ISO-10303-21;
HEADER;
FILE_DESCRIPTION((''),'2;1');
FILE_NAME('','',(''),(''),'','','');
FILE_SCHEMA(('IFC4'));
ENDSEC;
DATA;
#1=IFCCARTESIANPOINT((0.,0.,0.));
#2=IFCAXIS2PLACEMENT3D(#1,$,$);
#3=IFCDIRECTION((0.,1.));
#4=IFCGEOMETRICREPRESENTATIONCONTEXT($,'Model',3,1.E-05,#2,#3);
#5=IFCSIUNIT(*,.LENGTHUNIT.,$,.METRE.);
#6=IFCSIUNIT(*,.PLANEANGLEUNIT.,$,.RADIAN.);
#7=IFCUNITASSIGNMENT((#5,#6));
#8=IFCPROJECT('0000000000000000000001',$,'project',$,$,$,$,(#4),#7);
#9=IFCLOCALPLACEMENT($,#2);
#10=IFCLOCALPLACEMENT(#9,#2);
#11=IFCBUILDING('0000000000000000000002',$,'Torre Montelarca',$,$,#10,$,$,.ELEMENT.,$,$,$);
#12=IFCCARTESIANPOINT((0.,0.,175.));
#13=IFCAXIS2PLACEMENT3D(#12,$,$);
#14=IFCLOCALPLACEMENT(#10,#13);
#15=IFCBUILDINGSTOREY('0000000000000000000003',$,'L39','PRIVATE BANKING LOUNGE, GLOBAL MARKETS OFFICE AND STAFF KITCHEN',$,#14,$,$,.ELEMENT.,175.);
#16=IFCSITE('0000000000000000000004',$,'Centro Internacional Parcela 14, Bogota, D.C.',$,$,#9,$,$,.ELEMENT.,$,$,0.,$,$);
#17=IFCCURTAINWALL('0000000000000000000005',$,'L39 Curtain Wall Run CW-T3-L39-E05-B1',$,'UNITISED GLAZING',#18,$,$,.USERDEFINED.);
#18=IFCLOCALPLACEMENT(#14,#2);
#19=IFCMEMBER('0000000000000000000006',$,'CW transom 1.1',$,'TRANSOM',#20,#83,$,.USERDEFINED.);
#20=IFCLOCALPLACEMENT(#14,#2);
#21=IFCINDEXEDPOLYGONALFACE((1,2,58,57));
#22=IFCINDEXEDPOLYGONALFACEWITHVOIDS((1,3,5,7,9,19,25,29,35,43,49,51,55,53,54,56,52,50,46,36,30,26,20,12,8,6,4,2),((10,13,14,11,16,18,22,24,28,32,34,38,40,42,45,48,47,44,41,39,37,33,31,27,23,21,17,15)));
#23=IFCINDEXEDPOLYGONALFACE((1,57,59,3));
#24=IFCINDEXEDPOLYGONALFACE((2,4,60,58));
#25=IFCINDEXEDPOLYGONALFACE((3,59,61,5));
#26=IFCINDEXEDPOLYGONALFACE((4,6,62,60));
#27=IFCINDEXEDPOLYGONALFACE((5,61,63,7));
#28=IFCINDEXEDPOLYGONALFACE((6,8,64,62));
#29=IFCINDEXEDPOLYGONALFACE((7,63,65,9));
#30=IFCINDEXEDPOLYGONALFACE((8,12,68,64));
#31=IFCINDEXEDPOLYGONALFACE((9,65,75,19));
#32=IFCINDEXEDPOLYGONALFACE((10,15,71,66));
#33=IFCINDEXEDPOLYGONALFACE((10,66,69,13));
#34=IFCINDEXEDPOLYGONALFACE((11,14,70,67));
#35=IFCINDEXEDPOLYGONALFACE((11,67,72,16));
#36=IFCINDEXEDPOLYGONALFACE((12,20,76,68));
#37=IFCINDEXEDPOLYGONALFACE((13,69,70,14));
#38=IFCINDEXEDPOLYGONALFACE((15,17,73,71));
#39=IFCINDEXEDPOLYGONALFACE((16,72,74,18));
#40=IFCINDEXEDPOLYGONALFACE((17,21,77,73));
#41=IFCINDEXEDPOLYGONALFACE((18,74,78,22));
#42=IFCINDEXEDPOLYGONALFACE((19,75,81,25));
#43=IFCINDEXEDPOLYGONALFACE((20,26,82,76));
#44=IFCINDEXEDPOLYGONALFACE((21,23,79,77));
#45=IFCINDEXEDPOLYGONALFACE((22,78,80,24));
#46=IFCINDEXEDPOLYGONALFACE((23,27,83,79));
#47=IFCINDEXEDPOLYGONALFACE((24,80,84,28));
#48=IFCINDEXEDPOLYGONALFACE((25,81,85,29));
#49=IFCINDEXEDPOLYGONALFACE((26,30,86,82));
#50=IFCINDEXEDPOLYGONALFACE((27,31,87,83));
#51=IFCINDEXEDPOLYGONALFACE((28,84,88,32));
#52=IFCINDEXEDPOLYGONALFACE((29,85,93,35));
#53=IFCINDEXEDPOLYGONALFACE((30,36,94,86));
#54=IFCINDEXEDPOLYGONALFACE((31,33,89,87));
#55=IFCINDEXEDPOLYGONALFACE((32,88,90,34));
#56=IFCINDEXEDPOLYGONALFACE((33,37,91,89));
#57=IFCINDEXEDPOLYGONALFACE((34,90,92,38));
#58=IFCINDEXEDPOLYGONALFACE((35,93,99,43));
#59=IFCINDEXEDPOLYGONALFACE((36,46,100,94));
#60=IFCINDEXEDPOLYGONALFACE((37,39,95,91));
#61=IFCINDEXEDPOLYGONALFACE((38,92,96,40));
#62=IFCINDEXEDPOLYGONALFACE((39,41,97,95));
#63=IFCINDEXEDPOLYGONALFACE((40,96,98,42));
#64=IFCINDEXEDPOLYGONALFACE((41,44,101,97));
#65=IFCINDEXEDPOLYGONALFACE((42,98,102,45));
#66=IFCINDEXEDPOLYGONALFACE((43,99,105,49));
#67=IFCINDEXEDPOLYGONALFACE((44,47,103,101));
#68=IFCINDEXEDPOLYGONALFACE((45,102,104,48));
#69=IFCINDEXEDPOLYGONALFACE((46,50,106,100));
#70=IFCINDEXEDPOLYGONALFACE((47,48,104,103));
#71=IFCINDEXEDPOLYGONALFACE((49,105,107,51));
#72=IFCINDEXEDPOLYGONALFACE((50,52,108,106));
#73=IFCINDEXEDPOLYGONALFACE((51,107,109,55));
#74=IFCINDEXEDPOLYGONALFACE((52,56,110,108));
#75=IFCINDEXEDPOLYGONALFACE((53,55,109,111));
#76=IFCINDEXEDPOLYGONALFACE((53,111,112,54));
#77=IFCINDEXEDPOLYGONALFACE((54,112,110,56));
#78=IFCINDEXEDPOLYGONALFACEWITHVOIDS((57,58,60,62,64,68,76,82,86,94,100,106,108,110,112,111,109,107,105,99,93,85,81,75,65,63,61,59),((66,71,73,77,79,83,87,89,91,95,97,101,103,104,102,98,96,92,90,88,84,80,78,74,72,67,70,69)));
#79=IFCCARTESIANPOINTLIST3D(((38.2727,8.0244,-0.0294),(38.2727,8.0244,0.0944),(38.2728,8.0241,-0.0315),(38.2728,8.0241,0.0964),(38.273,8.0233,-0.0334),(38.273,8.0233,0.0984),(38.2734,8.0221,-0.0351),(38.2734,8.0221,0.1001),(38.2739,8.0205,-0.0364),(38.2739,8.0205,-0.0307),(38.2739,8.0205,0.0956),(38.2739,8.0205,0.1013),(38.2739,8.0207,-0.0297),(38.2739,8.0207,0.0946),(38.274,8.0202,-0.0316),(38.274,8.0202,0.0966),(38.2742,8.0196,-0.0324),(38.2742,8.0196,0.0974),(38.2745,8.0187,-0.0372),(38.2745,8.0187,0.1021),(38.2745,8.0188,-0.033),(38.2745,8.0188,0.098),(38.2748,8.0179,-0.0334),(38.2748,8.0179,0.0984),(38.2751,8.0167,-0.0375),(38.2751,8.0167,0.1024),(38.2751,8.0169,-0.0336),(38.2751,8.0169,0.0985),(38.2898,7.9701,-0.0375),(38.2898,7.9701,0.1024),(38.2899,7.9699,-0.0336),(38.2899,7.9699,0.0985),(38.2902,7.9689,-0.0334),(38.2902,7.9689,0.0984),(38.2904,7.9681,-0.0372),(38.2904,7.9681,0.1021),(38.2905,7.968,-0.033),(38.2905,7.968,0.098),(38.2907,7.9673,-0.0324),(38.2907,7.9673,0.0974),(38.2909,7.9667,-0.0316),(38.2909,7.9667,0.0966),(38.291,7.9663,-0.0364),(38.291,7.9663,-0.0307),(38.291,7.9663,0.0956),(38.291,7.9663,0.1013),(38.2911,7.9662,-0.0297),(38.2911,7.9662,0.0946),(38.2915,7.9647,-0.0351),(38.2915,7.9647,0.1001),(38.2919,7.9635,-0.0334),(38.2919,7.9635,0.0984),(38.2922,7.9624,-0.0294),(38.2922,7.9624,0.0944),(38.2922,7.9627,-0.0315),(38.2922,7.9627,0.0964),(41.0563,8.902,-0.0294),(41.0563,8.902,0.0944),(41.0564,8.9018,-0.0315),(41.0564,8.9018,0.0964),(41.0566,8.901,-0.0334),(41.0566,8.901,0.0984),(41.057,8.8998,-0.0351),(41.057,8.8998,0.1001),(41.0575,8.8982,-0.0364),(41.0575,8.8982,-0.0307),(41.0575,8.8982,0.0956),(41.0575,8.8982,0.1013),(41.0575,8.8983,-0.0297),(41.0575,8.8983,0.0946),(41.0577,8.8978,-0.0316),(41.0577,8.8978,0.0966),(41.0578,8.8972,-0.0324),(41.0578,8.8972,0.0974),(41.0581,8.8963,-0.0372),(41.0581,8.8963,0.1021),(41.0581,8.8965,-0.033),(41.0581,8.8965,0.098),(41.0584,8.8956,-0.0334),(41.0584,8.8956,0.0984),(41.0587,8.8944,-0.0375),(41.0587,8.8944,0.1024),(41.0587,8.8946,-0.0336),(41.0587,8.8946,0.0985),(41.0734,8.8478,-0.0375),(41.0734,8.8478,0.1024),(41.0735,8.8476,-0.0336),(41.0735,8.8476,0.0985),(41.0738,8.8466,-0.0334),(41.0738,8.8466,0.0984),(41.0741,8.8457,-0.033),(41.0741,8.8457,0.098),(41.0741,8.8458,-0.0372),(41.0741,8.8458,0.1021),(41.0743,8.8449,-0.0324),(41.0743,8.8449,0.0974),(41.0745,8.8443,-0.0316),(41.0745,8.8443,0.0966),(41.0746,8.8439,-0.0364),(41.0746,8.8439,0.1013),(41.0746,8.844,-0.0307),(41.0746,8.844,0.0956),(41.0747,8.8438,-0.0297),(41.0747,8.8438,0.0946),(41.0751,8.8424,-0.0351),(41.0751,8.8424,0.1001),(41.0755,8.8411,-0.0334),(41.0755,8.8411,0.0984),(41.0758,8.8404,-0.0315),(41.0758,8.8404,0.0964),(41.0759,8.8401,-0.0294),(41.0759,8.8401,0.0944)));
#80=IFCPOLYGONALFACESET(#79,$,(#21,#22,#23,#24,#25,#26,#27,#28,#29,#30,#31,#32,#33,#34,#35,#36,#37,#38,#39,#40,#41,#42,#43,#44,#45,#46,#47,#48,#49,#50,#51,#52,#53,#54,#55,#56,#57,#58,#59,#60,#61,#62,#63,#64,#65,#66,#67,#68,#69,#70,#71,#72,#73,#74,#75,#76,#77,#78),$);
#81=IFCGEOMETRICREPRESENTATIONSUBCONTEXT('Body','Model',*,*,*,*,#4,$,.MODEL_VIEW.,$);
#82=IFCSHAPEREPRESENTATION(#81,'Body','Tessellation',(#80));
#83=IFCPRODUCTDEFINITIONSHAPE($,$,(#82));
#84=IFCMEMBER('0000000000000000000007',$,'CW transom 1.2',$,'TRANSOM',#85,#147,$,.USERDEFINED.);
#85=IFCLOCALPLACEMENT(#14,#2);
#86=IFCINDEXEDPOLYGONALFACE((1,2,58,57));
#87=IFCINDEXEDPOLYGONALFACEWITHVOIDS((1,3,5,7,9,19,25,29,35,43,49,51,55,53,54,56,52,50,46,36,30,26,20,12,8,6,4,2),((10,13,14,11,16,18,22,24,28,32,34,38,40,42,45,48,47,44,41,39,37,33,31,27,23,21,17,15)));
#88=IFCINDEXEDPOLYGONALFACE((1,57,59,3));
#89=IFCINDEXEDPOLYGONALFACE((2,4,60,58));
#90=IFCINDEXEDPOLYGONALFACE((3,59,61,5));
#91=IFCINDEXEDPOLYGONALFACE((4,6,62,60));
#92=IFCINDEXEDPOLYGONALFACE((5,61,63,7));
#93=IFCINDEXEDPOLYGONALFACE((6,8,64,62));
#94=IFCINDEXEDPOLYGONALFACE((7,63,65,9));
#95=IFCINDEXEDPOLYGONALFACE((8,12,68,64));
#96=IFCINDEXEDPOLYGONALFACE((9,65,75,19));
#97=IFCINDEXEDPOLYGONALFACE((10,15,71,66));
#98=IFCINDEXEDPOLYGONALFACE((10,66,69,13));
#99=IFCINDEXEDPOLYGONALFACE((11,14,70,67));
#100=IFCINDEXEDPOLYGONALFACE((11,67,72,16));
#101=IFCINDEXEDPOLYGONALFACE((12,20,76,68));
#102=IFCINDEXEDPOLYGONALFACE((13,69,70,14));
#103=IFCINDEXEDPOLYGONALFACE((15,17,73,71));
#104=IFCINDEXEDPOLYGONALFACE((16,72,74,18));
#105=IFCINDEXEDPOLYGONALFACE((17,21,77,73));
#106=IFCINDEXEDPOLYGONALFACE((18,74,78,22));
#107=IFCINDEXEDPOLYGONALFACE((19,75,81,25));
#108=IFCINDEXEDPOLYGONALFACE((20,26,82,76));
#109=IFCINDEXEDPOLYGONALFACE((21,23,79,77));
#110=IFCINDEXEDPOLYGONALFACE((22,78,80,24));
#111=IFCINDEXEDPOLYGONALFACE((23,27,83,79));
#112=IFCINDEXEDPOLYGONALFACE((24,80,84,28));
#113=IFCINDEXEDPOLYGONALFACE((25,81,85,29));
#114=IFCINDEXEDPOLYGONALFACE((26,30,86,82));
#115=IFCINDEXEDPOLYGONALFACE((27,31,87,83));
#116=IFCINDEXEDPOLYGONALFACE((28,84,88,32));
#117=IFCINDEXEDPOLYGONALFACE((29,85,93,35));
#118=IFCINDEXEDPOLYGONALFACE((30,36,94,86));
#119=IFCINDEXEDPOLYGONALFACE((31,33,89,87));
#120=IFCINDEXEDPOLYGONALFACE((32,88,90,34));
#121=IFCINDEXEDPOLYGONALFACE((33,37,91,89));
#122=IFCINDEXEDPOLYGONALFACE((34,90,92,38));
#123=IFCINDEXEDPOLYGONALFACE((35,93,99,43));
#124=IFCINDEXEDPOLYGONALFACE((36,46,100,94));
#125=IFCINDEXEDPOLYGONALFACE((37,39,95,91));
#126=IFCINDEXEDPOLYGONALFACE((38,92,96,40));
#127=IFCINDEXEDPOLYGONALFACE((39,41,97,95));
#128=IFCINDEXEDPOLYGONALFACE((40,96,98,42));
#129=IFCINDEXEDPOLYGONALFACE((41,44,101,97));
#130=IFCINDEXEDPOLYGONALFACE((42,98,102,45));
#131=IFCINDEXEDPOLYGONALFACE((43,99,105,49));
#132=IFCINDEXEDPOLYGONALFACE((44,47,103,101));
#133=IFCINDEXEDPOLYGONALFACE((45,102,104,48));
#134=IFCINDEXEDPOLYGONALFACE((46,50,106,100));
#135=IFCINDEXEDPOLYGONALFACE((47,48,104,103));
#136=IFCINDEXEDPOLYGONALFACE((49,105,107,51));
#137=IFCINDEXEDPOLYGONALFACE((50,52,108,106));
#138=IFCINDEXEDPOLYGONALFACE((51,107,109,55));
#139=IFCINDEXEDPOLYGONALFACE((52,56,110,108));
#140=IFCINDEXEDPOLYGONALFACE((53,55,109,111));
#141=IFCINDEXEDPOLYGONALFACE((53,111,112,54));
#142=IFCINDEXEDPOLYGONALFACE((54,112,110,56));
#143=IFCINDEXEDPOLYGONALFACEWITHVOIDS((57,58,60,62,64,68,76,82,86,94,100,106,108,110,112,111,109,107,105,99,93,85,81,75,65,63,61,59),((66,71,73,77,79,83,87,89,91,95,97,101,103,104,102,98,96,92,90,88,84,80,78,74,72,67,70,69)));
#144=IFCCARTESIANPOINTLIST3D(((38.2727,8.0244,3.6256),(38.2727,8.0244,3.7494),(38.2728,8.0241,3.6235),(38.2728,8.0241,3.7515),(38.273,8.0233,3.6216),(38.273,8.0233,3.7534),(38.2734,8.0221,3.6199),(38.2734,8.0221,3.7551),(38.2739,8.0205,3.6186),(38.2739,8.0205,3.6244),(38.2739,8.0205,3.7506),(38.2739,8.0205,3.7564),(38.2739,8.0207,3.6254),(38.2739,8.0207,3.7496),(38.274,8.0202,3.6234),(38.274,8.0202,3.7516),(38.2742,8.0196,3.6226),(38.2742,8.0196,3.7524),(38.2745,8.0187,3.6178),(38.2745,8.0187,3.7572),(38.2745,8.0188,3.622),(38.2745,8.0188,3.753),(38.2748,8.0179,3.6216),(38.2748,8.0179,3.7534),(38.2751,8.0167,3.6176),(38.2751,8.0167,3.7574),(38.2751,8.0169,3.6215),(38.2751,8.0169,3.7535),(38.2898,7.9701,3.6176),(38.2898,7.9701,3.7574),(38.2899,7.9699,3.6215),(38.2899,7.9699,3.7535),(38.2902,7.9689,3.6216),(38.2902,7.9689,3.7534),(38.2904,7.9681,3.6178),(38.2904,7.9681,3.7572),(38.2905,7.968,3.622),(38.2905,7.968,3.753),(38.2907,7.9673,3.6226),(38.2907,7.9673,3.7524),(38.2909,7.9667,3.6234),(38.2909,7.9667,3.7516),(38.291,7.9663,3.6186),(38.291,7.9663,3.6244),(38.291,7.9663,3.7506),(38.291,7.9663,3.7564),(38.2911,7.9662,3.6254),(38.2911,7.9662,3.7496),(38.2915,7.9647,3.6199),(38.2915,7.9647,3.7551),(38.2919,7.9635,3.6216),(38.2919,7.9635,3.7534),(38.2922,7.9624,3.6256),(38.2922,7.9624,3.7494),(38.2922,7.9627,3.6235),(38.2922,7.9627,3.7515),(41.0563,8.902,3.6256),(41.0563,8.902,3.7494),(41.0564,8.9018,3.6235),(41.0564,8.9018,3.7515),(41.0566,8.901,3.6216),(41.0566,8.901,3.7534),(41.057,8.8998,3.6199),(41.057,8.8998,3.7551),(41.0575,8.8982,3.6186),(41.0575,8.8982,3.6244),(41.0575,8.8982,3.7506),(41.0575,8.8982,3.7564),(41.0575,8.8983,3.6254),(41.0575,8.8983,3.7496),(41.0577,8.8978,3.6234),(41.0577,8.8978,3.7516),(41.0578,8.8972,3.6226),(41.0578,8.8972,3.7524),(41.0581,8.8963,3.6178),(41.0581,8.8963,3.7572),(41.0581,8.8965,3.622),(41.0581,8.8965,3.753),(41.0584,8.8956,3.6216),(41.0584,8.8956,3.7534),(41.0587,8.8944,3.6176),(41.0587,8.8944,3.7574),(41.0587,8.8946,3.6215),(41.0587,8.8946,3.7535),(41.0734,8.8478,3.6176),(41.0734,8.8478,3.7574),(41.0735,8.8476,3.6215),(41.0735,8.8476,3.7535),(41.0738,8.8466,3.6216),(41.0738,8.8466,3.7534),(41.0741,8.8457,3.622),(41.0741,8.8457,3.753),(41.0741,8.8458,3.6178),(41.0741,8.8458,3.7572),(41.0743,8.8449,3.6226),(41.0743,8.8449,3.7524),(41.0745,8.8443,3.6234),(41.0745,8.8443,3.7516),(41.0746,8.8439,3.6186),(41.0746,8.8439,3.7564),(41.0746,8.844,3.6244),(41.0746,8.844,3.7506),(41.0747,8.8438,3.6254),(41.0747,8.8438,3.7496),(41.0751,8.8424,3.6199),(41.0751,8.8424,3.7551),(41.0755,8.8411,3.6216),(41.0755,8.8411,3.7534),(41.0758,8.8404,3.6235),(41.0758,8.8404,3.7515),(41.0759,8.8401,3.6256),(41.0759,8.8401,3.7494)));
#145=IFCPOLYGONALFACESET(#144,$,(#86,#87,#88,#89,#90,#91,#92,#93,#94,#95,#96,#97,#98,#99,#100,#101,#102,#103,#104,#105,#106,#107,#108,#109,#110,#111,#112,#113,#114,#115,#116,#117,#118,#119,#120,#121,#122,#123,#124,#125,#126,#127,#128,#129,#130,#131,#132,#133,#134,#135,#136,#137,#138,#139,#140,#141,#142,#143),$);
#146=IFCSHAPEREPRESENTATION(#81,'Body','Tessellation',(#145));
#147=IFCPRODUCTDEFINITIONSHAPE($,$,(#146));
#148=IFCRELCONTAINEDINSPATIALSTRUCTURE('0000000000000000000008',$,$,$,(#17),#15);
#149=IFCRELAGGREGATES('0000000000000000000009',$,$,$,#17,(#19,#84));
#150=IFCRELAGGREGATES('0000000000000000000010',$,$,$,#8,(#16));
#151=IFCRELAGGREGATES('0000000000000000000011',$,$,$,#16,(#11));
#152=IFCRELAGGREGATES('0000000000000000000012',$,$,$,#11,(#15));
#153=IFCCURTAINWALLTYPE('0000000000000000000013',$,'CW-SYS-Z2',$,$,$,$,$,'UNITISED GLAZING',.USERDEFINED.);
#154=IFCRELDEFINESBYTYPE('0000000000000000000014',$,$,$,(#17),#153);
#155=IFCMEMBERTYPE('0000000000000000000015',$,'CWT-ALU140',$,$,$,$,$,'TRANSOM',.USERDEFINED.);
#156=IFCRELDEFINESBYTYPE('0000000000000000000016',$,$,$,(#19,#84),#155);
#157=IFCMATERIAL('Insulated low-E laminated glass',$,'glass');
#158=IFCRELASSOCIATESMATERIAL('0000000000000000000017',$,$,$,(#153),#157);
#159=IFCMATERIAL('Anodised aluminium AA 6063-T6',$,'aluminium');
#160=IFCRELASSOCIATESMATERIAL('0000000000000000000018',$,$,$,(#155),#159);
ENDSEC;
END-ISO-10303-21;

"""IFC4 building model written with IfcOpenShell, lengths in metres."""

from ifc_helpers import new_model, si_unit, direction, frame, origin, origin_2d, place, context, subcontext, project, spatial, hollow_rectangle, extrude, source, transform, mapped, material, material_profile, profile_set, type_object, element, aggregate, save


model = new_model("IFC4")

# Units and contexts
model_context = context("Model", 3, precision=1e-05, world=origin(), true_north=direction((0.0, 1.0)))
body_context = subcontext(model_context, "Body", "Model", "MODEL_VIEW")
ifc_project = project(units=[si_unit("LENGTHUNIT", "METRE"), si_unit("PLANEANGLEUNIT", "RADIAN")], contexts=[model_context])

# Site, building, storey
site_placement = place(None, origin())
site = spatial("IfcSite", under=ifc_project, at=site_placement, Name="Centro Internacional Parcela 14, Bogota, D.C.", CompositionType="ELEMENT", RefElevation=0.0)
building_placement = place(site_placement, origin())
building = spatial("IfcBuilding", under=site, at=building_placement, Name="Torre Montelarca", CompositionType="ELEMENT")
storey_placement = place(building_placement, frame((0.0, 0.0, 175.0)))
storey = spatial("IfcBuildingStorey", under=building, at=storey_placement, Name="L39", Description="PRIVATE BANKING LOUNGE, GLOBAL MARKETS OFFICE AND STAFF KITCHEN", CompositionType="ELEMENT", Elevation=175.0)

# Curtain wall, members
ifc_material_1 = material(Name="Insulated low-E laminated glass", Category="glass")
curtain_wall_type = type_object("IfcCurtainWallType", Name="CW-SYS-Z2", ElementType="UNITISED GLAZING", PredefinedType="USERDEFINED", material=ifc_material_1)
curtain_wall_1_placement = place(storey_placement, origin())
curtain_wall_1 = element("IfcCurtainWall", 1, at=curtain_wall_1_placement, inside=storey, type_object=curtain_wall_type, Name="L39 Curtain Wall Run CW-T3-L39-E05-B1", ObjectType="UNITISED GLAZING", PredefinedType="USERDEFINED")
ifc_material_2 = material(Name="Anodised aluminium AA 6063-T6", Category="aluminium")
ifc_material_profile_1 = material_profile(ifc_material_2, hollow_rectangle(XDim=0.0649, YDim=0.1399, WallThickness=0.0039, InnerFilletRadius=0.0039, OuterFilletRadius=0.0081, at=origin_2d()), Name="ALU65X140X4", Category="aluminium")
ifc_profile_set_1 = profile_set([ifc_material_profile_1], Name="Anodised aluminium AA 6063-T6")
member_type_1 = type_object("IfcMemberType", Name="CWT-ALU140", ElementType="TRANSOM", PredefinedType="USERDEFINED", material=ifc_profile_set_1)
shared_shape_1 = source(origin(), body_context, "Body", "SweptSolid", [
    extrude(hollow_rectangle(XDim=0.0649, YDim=0.1399, WallThickness=0.0039, InnerFilletRadius=0.0039, OuterFilletRadius=0.0081, at=origin_2d()), origin(), (0.0, 0.0, 1.0), 2.9187),
])
member_1_placement = place(storey_placement, frame((38.2825, 7.9934, 0.0325), z_axis=(0.953718, 0.300703, 0.0), x_axis=(-0.300703, 0.953718, 0.0)))
member_1 = element("IfcMember", 2, at=member_1_placement, type_object=member_type_1, Name="CW transom 1.1", ObjectType="TRANSOM", PredefinedType="USERDEFINED", context=body_context, shape_type="MappedRepresentation", body=[
    mapped(shared_shape_1, transform((0.0, 0.0, 0.0), scale=1.0)),
])
member_2_placement = place(storey_placement, frame((38.2825, 7.9934, 3.6875), z_axis=(0.953718, 0.300703, 0.0), x_axis=(-0.300703, 0.953718, 0.0)))
member_2 = element("IfcMember", 3, at=member_2_placement, type_object=member_type_1, Name="CW transom 1.2", ObjectType="TRANSOM", PredefinedType="USERDEFINED", context=body_context, shape_type="MappedRepresentation", body=[
    mapped(shared_shape_1, transform((0.0, 0.0, 0.0), scale=1.0)),
])

aggregate(curtain_wall_1, [member_1, member_2])

save(model, "model.ifc")
